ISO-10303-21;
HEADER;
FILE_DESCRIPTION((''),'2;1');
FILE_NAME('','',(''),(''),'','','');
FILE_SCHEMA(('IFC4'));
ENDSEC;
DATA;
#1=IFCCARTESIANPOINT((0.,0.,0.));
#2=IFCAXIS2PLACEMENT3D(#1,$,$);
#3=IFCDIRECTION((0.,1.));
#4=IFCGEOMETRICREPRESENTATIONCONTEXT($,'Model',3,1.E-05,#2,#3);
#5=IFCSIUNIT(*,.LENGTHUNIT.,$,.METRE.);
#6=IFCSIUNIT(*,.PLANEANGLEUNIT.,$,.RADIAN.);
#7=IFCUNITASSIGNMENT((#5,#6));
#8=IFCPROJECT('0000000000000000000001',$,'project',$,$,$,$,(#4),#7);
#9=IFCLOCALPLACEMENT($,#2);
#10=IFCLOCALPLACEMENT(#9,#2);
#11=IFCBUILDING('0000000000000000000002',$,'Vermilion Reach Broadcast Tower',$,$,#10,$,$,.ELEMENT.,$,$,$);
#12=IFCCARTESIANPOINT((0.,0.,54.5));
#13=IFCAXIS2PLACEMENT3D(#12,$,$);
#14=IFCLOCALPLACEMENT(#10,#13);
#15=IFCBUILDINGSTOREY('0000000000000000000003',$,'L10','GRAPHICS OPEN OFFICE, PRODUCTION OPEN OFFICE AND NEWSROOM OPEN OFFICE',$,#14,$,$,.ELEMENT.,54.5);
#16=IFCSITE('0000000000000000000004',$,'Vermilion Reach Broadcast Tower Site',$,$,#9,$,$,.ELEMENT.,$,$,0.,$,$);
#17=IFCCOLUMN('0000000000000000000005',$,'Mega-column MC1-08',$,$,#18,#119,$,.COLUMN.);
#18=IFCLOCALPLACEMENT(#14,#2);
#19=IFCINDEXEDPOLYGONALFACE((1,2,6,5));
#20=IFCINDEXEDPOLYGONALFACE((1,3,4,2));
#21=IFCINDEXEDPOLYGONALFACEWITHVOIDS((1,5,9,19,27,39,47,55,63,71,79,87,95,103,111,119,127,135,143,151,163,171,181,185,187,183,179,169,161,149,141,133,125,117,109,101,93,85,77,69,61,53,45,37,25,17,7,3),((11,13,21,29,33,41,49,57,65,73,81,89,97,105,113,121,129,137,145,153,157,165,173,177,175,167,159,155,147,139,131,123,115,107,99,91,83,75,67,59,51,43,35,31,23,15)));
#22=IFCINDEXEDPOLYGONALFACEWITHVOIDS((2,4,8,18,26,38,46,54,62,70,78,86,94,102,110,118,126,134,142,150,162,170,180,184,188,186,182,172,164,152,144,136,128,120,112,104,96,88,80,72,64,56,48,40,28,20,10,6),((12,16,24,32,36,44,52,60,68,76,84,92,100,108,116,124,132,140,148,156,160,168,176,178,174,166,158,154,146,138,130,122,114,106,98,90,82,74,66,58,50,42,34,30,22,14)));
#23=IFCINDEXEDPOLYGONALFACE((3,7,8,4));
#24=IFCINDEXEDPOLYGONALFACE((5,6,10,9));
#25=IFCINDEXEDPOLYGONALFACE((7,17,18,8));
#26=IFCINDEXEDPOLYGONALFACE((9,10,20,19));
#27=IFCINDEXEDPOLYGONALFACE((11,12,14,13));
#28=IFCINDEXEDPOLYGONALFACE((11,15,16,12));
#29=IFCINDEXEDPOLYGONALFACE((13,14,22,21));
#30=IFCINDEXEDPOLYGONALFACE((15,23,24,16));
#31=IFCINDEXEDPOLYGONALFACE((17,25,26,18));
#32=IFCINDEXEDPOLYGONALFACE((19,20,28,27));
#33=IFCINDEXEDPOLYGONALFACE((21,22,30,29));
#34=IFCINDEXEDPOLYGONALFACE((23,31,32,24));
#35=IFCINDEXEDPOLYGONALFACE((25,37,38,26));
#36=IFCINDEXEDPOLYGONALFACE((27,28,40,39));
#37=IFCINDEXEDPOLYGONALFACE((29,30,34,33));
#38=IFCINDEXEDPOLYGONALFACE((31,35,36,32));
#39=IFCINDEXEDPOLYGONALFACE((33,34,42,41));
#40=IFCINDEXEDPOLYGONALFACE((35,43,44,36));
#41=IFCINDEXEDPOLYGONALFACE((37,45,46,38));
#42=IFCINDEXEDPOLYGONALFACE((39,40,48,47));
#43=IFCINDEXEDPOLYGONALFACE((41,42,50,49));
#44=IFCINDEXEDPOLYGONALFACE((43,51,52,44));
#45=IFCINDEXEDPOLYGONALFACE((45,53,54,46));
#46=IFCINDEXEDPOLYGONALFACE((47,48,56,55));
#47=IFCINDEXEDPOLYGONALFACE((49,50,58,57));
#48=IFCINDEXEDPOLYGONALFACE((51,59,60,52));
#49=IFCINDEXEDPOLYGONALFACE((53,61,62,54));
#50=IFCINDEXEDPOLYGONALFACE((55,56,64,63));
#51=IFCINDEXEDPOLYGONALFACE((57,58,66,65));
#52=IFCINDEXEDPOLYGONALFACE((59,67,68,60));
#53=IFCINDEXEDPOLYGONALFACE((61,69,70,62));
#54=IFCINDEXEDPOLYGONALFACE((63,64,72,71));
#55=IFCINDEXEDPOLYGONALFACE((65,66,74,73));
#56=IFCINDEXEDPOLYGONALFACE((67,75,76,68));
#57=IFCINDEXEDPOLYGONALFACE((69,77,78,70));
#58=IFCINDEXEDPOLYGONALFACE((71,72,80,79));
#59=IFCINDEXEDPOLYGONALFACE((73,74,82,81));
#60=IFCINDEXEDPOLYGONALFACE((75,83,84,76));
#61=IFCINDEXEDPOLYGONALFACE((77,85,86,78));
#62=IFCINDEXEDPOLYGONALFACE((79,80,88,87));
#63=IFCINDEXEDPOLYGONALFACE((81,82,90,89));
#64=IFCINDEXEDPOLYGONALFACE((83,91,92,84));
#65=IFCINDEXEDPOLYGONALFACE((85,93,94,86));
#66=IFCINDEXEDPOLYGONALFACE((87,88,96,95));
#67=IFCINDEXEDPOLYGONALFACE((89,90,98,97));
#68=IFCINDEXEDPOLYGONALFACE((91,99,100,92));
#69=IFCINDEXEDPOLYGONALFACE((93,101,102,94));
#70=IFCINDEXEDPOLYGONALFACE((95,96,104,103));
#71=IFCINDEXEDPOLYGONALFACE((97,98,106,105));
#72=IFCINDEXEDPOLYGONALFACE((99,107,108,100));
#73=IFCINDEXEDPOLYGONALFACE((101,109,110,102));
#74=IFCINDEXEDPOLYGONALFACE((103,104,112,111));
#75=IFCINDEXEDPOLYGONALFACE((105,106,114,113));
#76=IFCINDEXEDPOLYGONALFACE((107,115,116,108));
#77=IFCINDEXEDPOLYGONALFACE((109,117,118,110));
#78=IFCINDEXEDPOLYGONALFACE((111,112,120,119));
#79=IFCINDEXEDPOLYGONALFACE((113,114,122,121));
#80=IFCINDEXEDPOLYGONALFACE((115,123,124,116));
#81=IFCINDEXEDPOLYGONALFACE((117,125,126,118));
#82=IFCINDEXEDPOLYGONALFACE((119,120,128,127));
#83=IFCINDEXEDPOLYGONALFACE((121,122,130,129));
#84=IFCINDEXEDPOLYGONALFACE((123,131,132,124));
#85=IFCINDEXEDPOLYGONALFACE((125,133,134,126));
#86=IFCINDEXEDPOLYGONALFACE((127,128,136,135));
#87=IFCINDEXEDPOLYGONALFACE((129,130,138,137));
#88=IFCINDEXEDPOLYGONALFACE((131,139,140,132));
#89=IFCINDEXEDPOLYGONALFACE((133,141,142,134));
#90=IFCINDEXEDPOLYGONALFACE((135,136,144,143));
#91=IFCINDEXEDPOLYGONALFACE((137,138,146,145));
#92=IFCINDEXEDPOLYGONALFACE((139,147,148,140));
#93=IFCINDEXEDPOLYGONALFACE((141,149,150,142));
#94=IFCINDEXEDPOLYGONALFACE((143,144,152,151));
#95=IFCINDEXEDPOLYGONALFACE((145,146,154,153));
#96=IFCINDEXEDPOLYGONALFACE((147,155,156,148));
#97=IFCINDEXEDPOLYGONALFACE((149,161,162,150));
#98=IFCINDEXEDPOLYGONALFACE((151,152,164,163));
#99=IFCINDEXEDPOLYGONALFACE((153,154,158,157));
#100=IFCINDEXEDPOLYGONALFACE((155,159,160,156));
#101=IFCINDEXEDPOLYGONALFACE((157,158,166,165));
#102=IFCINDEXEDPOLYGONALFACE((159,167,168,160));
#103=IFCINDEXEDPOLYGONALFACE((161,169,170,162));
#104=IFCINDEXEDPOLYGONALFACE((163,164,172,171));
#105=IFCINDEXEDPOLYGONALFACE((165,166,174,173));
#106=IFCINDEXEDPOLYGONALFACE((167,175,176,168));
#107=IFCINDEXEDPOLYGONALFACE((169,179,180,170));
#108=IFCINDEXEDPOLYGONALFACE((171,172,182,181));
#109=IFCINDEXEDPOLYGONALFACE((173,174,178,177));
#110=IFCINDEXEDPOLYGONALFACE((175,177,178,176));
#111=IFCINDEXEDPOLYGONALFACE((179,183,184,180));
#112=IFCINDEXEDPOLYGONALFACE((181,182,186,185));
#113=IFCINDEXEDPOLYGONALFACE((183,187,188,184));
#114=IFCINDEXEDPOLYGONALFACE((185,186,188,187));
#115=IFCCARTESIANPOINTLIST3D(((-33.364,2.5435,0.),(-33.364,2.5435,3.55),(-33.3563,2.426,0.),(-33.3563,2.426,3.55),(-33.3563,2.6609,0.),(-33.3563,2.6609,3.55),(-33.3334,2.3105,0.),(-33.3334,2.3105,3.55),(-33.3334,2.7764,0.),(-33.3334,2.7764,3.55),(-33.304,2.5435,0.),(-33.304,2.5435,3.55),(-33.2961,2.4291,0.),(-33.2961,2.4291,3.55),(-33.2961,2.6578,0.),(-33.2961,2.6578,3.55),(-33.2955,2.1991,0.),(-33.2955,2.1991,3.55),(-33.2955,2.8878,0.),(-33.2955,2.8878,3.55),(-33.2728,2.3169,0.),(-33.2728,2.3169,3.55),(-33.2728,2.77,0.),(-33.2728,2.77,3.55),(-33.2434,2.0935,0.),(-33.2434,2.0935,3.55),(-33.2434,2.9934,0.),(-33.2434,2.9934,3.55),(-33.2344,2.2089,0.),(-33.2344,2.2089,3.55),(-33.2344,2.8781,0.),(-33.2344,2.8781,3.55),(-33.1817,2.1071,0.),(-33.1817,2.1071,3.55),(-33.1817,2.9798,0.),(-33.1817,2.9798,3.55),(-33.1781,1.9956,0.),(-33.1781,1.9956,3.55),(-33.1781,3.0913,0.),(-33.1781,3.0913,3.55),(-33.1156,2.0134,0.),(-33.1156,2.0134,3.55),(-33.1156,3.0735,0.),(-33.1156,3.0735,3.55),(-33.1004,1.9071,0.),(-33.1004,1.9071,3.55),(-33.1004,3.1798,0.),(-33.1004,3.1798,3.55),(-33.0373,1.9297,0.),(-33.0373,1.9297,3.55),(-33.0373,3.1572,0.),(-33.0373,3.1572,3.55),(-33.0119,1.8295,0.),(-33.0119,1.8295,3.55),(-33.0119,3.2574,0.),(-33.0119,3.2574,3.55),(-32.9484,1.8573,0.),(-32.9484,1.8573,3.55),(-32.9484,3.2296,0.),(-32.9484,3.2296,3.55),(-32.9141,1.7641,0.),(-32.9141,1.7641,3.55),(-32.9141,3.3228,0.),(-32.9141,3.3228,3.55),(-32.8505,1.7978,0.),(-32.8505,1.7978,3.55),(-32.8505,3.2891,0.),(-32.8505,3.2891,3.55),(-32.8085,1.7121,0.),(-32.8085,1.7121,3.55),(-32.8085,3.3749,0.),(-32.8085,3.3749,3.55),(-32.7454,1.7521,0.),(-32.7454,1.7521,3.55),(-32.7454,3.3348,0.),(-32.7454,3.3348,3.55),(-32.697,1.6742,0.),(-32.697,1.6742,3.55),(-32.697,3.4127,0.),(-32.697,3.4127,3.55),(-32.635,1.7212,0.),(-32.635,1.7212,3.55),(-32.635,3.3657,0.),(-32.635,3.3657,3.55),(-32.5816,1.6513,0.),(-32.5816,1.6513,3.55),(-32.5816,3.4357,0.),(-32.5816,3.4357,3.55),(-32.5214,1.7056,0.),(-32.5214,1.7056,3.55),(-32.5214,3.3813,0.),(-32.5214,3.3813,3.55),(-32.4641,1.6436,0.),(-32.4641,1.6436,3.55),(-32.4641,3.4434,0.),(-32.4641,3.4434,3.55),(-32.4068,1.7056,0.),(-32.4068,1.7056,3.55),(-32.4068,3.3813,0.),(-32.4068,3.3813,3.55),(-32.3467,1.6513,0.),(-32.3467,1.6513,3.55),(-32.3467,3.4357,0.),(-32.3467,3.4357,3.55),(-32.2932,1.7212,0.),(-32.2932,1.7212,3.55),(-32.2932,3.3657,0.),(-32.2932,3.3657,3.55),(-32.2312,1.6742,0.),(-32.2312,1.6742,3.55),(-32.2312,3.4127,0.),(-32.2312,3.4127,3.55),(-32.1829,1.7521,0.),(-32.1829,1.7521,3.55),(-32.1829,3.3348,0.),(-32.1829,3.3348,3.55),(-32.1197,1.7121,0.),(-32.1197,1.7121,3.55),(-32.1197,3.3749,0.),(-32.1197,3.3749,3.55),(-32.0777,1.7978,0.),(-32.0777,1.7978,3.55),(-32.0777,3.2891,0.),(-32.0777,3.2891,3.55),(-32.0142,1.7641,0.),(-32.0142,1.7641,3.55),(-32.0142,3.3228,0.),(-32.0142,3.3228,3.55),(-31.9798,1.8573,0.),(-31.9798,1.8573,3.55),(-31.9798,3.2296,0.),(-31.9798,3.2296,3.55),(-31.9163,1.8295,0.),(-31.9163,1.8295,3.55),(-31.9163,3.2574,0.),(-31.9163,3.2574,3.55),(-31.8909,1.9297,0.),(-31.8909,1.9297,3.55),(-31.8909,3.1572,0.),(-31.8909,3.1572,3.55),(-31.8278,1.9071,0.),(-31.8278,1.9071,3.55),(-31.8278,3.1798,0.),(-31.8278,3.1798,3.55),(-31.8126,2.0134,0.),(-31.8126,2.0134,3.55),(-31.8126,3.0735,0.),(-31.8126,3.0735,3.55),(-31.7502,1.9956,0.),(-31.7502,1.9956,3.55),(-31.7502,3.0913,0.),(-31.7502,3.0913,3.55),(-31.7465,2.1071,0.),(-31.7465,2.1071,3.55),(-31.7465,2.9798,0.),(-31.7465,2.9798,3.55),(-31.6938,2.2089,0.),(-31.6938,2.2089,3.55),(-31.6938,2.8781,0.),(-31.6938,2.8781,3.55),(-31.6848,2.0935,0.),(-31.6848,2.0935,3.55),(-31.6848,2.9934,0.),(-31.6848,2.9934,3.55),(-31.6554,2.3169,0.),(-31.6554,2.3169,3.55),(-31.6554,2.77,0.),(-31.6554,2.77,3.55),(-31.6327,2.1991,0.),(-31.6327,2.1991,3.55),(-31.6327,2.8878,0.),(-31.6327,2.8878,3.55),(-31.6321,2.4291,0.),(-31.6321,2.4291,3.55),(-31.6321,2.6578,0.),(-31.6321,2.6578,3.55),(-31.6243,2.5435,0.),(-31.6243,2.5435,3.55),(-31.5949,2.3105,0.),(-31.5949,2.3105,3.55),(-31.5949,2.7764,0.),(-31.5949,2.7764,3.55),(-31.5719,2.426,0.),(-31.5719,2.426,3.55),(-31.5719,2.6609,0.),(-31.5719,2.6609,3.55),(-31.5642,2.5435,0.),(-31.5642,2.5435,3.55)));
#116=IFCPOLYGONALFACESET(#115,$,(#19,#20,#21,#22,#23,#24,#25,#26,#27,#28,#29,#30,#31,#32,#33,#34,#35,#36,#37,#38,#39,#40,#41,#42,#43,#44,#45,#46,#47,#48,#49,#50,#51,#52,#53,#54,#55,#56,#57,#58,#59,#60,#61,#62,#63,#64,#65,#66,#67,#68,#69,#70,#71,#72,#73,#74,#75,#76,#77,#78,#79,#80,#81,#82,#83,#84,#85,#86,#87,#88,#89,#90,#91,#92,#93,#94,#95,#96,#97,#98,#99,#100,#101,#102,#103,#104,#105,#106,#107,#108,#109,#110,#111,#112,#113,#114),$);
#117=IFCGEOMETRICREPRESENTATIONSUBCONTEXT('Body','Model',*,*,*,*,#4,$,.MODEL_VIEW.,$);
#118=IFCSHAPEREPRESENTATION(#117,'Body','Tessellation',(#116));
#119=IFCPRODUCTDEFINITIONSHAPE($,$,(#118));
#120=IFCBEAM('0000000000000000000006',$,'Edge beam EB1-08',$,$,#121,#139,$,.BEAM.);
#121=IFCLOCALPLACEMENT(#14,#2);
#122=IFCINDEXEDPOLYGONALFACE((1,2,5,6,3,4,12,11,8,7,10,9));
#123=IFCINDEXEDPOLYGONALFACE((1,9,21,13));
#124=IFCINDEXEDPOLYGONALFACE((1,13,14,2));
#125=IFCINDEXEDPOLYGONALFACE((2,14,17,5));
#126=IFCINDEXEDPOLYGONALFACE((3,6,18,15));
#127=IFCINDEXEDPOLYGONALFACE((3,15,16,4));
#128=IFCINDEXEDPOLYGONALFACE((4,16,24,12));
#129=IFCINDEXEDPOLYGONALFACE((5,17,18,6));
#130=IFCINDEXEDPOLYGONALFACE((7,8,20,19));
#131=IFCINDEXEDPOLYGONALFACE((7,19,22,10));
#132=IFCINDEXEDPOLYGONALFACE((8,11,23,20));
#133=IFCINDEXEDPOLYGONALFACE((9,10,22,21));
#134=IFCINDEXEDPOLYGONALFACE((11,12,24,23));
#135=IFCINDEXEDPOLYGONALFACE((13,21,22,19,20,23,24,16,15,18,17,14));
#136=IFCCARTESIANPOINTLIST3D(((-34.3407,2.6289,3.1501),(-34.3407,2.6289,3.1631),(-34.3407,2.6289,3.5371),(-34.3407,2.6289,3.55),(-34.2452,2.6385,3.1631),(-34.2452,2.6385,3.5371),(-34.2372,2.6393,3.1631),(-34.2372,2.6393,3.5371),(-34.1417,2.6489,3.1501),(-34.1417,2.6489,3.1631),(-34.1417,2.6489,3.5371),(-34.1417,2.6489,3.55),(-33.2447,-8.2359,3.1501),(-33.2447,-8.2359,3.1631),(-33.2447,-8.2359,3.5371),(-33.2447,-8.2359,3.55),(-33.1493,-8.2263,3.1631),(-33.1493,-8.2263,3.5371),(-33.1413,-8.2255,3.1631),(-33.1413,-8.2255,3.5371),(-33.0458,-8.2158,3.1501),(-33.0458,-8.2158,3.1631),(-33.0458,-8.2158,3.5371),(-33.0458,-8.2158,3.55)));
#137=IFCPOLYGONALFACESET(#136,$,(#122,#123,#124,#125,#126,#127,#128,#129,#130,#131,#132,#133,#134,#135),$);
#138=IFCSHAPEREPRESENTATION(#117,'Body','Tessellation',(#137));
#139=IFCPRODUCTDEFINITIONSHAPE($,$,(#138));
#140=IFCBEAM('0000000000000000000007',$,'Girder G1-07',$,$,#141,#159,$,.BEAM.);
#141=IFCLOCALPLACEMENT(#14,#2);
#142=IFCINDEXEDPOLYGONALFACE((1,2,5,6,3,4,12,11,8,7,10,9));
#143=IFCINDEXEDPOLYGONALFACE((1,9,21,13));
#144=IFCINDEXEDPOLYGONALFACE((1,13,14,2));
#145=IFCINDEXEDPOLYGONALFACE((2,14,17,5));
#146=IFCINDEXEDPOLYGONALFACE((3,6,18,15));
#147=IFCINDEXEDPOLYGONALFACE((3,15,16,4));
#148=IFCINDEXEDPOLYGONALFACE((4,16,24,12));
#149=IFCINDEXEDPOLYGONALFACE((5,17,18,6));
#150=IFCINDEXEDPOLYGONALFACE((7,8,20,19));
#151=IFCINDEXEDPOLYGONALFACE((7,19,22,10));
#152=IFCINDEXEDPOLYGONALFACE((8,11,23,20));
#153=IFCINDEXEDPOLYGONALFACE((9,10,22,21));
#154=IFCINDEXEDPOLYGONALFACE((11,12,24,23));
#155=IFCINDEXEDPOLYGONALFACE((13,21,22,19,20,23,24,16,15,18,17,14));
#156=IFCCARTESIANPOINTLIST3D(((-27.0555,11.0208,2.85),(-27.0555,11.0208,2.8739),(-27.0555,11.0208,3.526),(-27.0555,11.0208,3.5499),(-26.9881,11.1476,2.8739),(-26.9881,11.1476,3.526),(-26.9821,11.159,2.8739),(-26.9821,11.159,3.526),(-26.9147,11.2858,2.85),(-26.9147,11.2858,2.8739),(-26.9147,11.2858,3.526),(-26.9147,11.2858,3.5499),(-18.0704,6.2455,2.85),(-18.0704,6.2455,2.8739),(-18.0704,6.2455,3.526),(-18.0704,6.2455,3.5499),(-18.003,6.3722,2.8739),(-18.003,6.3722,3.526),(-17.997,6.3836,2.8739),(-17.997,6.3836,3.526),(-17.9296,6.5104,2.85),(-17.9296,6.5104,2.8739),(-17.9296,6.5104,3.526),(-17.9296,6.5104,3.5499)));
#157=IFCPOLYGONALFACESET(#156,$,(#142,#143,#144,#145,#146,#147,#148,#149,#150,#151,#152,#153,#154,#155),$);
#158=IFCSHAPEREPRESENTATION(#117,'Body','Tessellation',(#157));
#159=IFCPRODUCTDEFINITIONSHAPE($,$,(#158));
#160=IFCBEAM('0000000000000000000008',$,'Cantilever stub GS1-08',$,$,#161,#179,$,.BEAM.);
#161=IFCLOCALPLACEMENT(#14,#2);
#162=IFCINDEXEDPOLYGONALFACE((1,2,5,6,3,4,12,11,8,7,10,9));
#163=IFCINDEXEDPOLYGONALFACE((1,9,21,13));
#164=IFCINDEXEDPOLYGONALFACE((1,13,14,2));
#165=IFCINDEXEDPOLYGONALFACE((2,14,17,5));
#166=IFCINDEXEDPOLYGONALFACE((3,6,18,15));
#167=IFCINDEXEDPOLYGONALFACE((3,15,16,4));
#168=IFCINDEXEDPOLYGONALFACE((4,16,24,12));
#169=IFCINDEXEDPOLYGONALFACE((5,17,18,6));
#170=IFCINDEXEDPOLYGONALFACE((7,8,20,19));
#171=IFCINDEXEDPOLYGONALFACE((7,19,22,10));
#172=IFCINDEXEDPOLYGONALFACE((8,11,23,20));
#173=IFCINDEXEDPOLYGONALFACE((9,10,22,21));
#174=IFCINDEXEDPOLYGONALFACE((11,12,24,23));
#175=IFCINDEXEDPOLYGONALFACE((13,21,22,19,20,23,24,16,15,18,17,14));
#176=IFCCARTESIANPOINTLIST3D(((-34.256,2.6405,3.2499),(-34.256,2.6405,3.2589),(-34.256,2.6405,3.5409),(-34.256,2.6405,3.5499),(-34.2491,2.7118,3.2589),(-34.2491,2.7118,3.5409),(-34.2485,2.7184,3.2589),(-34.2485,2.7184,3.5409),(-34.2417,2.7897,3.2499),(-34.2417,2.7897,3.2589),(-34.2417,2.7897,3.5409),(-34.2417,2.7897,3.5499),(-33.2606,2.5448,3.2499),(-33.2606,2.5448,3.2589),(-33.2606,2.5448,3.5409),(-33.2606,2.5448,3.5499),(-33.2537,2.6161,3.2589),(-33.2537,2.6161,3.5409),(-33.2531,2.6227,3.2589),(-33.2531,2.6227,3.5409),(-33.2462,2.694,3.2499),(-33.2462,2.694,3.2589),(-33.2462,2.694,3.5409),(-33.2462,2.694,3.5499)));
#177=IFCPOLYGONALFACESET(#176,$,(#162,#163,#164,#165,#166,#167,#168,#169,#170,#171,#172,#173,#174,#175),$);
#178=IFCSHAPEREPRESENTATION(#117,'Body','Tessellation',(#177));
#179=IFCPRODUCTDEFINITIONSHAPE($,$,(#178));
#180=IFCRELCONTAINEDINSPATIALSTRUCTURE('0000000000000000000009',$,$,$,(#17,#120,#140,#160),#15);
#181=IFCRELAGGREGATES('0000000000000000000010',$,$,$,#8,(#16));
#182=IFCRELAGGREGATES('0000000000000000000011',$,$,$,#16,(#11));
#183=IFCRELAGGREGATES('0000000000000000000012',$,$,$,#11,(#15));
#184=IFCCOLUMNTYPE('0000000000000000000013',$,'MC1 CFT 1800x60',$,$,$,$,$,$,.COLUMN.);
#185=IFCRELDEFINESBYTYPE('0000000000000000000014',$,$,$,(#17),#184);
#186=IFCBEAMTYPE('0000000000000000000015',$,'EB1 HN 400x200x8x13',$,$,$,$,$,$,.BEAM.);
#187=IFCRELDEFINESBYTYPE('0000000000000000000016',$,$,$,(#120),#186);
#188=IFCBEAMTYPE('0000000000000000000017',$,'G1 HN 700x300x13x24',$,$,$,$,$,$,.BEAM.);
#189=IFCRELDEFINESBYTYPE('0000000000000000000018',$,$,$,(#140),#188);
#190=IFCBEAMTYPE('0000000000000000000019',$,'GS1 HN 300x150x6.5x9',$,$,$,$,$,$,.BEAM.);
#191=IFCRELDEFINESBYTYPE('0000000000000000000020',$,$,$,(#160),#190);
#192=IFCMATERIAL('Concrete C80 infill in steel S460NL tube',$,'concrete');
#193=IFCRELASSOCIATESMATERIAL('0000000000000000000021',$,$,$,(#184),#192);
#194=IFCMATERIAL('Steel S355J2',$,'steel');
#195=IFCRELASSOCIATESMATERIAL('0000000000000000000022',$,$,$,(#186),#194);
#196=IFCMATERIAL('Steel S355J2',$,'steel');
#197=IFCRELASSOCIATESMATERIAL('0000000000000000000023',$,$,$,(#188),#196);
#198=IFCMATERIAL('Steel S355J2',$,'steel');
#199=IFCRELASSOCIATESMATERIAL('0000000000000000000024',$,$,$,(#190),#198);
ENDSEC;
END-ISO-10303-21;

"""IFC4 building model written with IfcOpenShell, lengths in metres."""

from ifc_helpers import new_model, si_unit, direction, frame, origin, origin_2d, place, context, subcontext, project, spatial, hollow_circle, i_section, extrude, material, material_profile, profile_set, type_object, element, save


model = new_model("IFC4")

# Units and contexts
model_context = context("Model", 3, precision=1e-05, world=origin(), true_north=direction((0.0, 1.0)))
body_context = subcontext(model_context, "Body", "Model", "MODEL_VIEW")
ifc_project = project(units=[si_unit("LENGTHUNIT", "METRE"), si_unit("PLANEANGLEUNIT", "RADIAN")], contexts=[model_context])

# Site, building, storey
site_placement = place(None, origin())
site = spatial("IfcSite", under=ifc_project, at=site_placement, Name="Vermilion Reach Broadcast Tower Site", CompositionType="ELEMENT", RefElevation=0.0)
building_placement = place(site_placement, origin())
building = spatial("IfcBuilding", under=site, at=building_placement, Name="Vermilion Reach Broadcast Tower", CompositionType="ELEMENT")
storey_placement = place(building_placement, frame((0.0, 0.0, 54.5)))
storey = spatial("IfcBuildingStorey", under=building, at=storey_placement, Name="L10", Description="GRAPHICS OPEN OFFICE, PRODUCTION OPEN OFFICE AND NEWSROOM OPEN OFFICE", CompositionType="ELEMENT", Elevation=54.5)

# Column
ifc_material_1 = material(Name="Concrete C80 infill in steel S460NL tube", Category="concrete")
ifc_material_profile_1 = material_profile(ifc_material_1, hollow_circle(Radius=0.8999, WallThickness=0.0601, at=origin_2d()), Name="Concrete C80 infill in steel S460NL tube CFT 1800x60")
ifc_profile_set_1 = profile_set([ifc_material_profile_1], Name="Concrete C80 infill in steel S460NL tube")
column_type = type_object("IfcColumnType", Name="MC1 CFT 1800x60", PredefinedType="COLUMN", material=ifc_profile_set_1)
column_placement = place(storey_placement, frame((-32.4641, 2.5435, 0.0), z_axis=(0.0, 0.0, 1.0), x_axis=(1.0, 0.0, 0.0)))
element("IfcColumn", 1, at=column_placement, inside=storey, type_object=column_type, Name="Mega-column MC1-08", PredefinedType="COLUMN", context=body_context, shape_type="SweptSolid", body=[
    extrude(hollow_circle(Radius=0.8999, WallThickness=0.0601, at=origin_2d()), origin(), (0.0, 0.0, 1.0), 3.55),
])

# Beams
ifc_material_2 = material(Name="Steel S355J2", Category="steel")
ifc_material_profile_2 = material_profile(ifc_material_2, i_section(OverallWidth=0.2, OverallDepth=0.3999, WebThickness=0.0081, FlangeThickness=0.0129, at=origin_2d()), Name="S355J2 HN 400x200x8x13")
ifc_profile_set_2 = profile_set([ifc_material_profile_2], Name="Steel S355J2")
beam_type_1 = type_object("IfcBeamType", Name="EB1 HN 400x200x8x13", PredefinedType="BEAM", material=ifc_profile_set_2)
beam_1_placement = place(storey_placement, frame((-34.2412, 2.6389, 3.3501), z_axis=(0.100363, -0.994951, 0.0), x_axis=(0.994951, 0.100363, 0.0)))
element("IfcBeam", 2, at=beam_1_placement, inside=storey, type_object=beam_type_1, Name="Edge beam EB1-08", PredefinedType="BEAM", context=body_context, shape_type="SweptSolid", body=[
    extrude(i_section(OverallWidth=0.2, OverallDepth=0.3999, WebThickness=0.0081, FlangeThickness=0.0129, at=origin_2d()), origin(), (0.0, 0.0, 1.0), 10.9199),
])
ifc_material_3 = material(Name="Steel S355J2", Category="steel")
ifc_material_profile_3 = material_profile(ifc_material_3, i_section(OverallWidth=0.3, OverallDepth=0.7, WebThickness=0.0129, FlangeThickness=0.0239, at=origin_2d()), Name="S355J2 HN 700x300x13x24")
ifc_profile_set_3 = profile_set([ifc_material_profile_3], Name="Steel S355J2")
beam_type_2 = type_object("IfcBeamType", Name="G1 HN 700x300x13x24", PredefinedType="BEAM", material=ifc_profile_set_3)
beam_2_placement = place(storey_placement, frame((-18.0, 6.3779, 3.2), z_axis=(-0.883032, 0.469313, 0.0), x_axis=(-0.469313, -0.883032, 0.0)))
element("IfcBeam", 3, at=beam_2_placement, inside=storey, type_object=beam_type_2, Name="Girder G1-07", PredefinedType="BEAM", context=body_context, shape_type="SweptSolid", body=[
    extrude(i_section(OverallWidth=0.3, OverallDepth=0.7, WebThickness=0.0129, FlangeThickness=0.0239, at=origin_2d()), origin(), (0.0, 0.0, 1.0), 10.1753),
])
ifc_material_4 = material(Name="Steel S355J2", Category="steel")
ifc_material_profile_4 = material_profile(ifc_material_4, i_section(OverallWidth=0.1499, OverallDepth=0.3, WebThickness=0.0066, FlangeThickness=0.009, at=origin_2d()), Name="S355J2 HN 300x150x6.5x9")
ifc_profile_set_4 = profile_set([ifc_material_profile_4], Name="Steel S355J2")
beam_type_3 = type_object("IfcBeamType", Name="GS1 HN 300x150x6.5x9", PredefinedType="BEAM", material=ifc_profile_set_4)
beam_3_placement = place(storey_placement, frame((-33.2534, 2.6194, 3.3999), z_axis=(-0.995409, 0.095708, 0.0), x_axis=(-0.095708, -0.995409, 0.0)))
element("IfcBeam", 4, at=beam_3_placement, inside=storey, type_object=beam_type_3, Name="Cantilever stub GS1-08", PredefinedType="BEAM", context=body_context, shape_type="SweptSolid", body=[
    extrude(i_section(OverallWidth=0.1499, OverallDepth=0.3, WebThickness=0.0066, FlangeThickness=0.009, at=origin_2d()), origin(), (0.0, 0.0, 1.0), 1.0),
])

save(model, "model.ifc")
